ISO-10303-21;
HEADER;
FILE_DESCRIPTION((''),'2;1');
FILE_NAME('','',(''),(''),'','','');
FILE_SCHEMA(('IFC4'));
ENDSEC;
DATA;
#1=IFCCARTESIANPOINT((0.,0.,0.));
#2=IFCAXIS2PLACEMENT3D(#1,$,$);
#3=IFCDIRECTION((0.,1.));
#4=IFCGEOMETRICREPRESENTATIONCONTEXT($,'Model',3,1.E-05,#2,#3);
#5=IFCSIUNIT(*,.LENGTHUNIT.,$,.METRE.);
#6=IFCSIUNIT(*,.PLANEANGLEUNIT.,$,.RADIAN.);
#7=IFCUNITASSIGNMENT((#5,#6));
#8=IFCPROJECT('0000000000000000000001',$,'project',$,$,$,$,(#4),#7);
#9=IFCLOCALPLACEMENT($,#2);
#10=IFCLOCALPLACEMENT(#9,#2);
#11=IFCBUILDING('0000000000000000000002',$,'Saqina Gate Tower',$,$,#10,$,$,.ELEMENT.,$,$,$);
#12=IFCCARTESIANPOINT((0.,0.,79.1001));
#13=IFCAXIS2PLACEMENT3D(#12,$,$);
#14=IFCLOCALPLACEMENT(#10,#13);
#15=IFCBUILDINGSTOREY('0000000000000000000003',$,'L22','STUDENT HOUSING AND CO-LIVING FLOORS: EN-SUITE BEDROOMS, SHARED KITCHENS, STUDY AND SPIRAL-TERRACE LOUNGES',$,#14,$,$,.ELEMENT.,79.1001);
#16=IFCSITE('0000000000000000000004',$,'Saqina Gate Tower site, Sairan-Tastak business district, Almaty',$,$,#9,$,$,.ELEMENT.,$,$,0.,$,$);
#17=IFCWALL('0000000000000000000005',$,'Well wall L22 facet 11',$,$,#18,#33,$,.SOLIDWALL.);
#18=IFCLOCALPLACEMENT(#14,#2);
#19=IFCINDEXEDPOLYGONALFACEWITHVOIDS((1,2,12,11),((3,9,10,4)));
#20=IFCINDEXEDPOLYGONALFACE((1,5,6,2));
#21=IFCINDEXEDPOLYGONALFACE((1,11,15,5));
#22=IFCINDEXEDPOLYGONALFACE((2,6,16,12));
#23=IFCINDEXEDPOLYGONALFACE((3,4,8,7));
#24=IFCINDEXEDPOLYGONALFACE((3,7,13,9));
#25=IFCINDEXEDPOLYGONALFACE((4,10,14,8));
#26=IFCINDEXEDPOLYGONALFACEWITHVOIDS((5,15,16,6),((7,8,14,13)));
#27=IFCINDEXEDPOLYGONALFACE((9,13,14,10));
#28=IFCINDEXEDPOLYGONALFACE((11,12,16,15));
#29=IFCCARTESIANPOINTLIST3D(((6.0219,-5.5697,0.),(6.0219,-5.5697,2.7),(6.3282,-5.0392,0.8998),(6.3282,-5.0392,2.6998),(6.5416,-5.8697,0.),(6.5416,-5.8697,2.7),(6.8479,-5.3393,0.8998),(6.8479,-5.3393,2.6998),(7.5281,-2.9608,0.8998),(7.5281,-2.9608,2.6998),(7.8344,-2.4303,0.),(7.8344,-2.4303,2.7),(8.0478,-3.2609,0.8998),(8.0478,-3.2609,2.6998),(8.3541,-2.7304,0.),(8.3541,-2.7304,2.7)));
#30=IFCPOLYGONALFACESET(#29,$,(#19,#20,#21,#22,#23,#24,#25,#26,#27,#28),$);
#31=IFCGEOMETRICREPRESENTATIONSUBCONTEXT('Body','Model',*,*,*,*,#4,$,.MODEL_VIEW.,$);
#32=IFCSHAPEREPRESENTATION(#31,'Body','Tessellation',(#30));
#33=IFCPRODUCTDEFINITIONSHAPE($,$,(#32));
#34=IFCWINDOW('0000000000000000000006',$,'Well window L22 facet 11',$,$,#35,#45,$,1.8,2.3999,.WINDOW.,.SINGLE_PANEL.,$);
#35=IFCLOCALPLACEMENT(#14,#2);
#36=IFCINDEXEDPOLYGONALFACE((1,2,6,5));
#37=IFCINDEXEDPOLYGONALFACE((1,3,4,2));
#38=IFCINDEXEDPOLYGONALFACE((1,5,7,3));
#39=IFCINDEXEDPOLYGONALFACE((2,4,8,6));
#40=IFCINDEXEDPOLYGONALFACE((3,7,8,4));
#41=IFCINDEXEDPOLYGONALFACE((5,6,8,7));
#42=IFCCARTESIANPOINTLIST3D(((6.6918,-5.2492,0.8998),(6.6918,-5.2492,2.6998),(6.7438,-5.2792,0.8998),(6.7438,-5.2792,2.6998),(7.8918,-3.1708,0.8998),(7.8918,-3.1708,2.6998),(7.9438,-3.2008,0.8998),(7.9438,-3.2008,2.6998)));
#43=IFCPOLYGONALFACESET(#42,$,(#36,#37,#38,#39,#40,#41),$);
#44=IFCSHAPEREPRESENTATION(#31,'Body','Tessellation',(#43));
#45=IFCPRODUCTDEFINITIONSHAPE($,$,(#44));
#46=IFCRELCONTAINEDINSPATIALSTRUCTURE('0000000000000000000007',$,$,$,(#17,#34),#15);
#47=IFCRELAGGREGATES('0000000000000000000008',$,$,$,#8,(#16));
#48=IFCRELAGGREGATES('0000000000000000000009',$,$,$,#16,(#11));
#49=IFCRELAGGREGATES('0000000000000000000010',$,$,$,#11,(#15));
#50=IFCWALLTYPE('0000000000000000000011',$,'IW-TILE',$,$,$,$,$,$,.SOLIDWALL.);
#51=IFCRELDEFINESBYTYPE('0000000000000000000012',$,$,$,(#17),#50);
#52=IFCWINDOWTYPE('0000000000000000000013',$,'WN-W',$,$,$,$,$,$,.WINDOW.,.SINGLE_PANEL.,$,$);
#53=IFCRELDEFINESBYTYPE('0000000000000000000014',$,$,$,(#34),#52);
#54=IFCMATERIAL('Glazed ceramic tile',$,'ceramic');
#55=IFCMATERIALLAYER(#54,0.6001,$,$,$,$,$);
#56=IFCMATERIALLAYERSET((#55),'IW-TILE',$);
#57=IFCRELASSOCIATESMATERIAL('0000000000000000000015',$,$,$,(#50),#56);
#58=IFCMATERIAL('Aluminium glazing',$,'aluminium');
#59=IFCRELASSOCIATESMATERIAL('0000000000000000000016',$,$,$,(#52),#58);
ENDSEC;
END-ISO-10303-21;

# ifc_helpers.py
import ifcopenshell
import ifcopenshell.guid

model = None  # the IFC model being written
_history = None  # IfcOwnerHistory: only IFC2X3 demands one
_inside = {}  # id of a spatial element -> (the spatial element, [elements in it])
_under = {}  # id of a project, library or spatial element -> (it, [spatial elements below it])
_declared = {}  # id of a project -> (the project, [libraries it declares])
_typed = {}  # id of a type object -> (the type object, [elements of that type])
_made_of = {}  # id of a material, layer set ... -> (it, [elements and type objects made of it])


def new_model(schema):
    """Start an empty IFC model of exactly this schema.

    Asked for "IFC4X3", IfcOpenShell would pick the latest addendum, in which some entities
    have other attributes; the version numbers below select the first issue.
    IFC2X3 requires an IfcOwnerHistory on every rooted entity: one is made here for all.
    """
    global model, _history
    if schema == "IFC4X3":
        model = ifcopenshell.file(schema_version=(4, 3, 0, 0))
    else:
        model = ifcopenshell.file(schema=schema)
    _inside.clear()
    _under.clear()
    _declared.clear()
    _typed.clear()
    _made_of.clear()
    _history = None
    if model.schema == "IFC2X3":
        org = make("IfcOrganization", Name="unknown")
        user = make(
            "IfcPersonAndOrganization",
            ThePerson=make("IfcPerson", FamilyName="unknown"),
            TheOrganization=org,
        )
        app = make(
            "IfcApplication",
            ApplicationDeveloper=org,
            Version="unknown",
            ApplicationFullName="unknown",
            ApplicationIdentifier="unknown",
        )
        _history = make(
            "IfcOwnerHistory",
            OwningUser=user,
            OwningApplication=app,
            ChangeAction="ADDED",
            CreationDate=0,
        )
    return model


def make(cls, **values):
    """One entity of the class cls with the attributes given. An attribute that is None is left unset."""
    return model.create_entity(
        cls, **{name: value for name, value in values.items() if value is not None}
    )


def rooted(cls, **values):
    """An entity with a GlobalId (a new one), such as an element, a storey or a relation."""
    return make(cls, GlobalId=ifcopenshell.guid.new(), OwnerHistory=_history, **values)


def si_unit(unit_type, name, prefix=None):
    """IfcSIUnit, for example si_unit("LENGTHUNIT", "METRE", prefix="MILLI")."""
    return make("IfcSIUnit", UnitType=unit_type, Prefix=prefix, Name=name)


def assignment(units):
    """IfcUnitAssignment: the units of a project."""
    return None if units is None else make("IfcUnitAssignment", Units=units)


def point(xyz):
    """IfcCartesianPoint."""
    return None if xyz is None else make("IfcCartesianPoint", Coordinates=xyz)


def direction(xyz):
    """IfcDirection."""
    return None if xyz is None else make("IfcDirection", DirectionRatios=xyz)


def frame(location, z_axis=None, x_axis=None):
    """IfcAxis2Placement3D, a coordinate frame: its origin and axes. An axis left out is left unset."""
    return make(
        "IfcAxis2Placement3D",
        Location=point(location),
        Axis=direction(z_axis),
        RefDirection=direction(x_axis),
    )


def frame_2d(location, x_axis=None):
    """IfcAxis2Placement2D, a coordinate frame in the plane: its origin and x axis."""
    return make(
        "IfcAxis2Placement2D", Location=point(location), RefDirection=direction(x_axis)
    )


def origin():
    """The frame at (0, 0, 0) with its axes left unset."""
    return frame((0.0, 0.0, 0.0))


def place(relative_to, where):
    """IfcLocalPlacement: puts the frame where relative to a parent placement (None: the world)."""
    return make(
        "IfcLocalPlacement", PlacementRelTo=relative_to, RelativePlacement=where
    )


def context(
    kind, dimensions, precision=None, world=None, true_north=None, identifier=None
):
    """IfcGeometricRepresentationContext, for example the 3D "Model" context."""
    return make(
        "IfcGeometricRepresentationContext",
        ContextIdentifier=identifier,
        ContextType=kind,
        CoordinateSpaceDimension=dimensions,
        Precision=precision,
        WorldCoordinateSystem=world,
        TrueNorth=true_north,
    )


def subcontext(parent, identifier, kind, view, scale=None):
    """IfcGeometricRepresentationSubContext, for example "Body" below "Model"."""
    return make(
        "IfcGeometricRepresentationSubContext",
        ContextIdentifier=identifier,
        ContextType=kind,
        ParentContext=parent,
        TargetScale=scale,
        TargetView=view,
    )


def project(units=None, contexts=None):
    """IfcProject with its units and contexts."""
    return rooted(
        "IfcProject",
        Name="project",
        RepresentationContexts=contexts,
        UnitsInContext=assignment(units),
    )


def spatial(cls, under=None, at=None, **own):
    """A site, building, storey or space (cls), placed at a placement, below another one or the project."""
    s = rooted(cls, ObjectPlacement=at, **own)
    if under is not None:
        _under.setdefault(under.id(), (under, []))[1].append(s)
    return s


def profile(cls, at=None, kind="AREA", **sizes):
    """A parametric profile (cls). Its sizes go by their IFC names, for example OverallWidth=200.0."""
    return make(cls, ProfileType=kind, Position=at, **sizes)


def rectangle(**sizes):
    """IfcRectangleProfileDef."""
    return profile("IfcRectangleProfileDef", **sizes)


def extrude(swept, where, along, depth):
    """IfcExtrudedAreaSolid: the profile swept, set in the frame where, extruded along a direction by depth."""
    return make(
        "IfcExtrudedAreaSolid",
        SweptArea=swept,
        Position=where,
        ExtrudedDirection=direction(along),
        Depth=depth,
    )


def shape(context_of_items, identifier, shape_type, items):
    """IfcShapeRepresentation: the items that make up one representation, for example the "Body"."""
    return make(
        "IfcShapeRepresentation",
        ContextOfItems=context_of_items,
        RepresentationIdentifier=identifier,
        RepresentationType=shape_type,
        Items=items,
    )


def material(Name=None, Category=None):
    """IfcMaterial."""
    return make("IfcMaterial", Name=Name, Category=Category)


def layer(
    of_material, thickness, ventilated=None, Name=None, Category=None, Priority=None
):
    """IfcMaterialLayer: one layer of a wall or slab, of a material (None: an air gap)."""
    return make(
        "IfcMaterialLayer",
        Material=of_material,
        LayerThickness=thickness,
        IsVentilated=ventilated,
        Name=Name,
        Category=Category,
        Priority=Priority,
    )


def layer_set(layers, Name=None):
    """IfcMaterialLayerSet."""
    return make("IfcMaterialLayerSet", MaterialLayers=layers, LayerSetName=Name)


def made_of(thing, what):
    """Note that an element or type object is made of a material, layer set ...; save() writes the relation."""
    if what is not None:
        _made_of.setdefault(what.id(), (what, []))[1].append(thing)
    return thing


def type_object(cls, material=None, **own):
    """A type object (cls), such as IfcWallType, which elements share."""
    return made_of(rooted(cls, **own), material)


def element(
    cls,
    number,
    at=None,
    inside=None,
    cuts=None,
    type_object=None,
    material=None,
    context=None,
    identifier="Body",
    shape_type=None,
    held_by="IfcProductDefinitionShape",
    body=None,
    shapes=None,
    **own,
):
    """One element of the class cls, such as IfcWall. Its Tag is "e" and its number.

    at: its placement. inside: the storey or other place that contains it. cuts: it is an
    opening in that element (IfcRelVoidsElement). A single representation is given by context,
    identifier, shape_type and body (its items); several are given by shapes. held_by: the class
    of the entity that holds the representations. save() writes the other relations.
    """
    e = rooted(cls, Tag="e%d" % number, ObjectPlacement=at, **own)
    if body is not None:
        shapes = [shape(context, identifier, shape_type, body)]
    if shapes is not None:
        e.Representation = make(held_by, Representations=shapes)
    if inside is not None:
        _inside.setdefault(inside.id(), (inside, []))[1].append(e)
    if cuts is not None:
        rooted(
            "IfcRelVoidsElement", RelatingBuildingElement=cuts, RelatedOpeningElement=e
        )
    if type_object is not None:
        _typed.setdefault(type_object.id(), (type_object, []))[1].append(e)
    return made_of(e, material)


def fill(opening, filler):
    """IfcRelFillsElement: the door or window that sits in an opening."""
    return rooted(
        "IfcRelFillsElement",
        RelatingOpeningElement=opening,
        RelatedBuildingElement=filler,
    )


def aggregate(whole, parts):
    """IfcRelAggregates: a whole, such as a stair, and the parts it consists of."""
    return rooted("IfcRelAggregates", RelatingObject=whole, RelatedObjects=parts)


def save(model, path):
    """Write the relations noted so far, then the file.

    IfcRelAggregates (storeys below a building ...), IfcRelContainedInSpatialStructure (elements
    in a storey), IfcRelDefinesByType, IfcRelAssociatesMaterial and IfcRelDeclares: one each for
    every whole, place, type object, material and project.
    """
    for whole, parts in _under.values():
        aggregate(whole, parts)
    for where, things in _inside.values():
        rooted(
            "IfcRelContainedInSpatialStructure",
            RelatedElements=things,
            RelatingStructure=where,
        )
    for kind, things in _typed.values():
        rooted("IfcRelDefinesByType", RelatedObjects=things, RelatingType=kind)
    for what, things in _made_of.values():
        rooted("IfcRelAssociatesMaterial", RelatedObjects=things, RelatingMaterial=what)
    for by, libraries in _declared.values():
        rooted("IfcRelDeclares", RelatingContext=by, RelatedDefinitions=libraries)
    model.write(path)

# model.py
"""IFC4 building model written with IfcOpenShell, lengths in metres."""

from ifc_helpers import new_model, si_unit, direction, frame, frame_2d, origin, place, context, subcontext, project, spatial, rectangle, extrude, material, layer, layer_set, type_object, element, fill, save


model = new_model("IFC4")

# Units and contexts
model_context = context("Model", 3, precision=1e-05, world=origin(), true_north=direction((0.0, 1.0)))
body_context = subcontext(model_context, "Body", "Model", "MODEL_VIEW")
ifc_project = project(units=[si_unit("LENGTHUNIT", "METRE"), si_unit("PLANEANGLEUNIT", "RADIAN")], contexts=[model_context])

# Site, building, storey
site_placement = place(None, origin())
site = spatial("IfcSite", under=ifc_project, at=site_placement, Name="Saqina Gate Tower site, Sairan-Tastak business district, Almaty", CompositionType="ELEMENT", RefElevation=0.0)
building_placement = place(site_placement, origin())
building = spatial("IfcBuilding", under=site, at=building_placement, Name="Saqina Gate Tower", CompositionType="ELEMENT")
storey_placement = place(building_placement, frame((0.0, 0.0, 79.1001)))
storey = spatial("IfcBuildingStorey", under=building, at=storey_placement, Name="L22", Description="STUDENT HOUSING AND CO-LIVING FLOORS: EN-SUITE BEDROOMS, SHARED KITCHENS, STUDY AND SPIRAL-TERRACE LOUNGES", CompositionType="ELEMENT", Elevation=79.1001)

# Wall, opening, window
ifc_material_1 = material(Name="Glazed ceramic tile", Category="ceramic")
ifc_layer = layer(ifc_material_1, 0.6001)
ifc_layer_set = layer_set([ifc_layer], Name="IW-TILE")
wall_type_1 = type_object("IfcWallType", Name="IW-TILE", PredefinedType="SOLIDWALL", material=ifc_layer_set)
wall_1_placement = place(storey_placement, frame((6.2817, -5.7197, 0.0), z_axis=(0.0, 0.0, 1.0), x_axis=(0.499993, 0.86603, 0.0)))
wall_1 = element("IfcWall", 1, at=wall_1_placement, inside=storey, type_object=wall_type_1, Name="Well wall L22 facet 11", PredefinedType="SOLIDWALL", context=body_context, shape_type="SweptSolid", body=[
    extrude(rectangle(XDim=3.625, YDim=0.6001, at=frame_2d((1.8125, 0.0))), origin(), (0.0, 0.0, 1.0), 2.7),
])
opening_placement = place(wall_1_placement, frame((0.6125, 0.0, 0.8999)))
opening = element("IfcOpeningElement", 2, at=opening_placement, cuts=wall_1, PredefinedType="OPENING", context=body_context, shape_type="SweptSolid", body=[
    extrude(rectangle(XDim=2.3999, YDim=1.8, at=frame_2d((1.2, 0.8999))), frame((0.0, 0.312, 0.0), z_axis=(0.0, -1.0, 0.0), x_axis=(1.0, 0.0, 0.0)), (0.0, 0.0, 1.0), 0.624),
])
ifc_material_2 = material(Name="Aluminium glazing", Category="aluminium")
window_type = type_object("IfcWindowType", Name="WN-W", PartitioningType="SINGLE_PANEL", PredefinedType="WINDOW", material=ifc_material_2)
window_placement = place(opening_placement, origin())
window = element("IfcWindow", 3, at=window_placement, inside=storey, type_object=window_type, Name="Well window L22 facet 11", OverallHeight=1.8, OverallWidth=2.3999, PartitioningType="SINGLE_PANEL", PredefinedType="WINDOW", context=body_context, shape_type="SweptSolid", body=[
    extrude(rectangle(XDim=2.3999, YDim=1.8, at=frame_2d((1.2, 0.8999))), frame((0.0, -0.1199, 0.0), z_axis=(0.0, -1.0, 0.0), x_axis=(1.0, 0.0, 0.0)), (0.0, 0.0, 1.0), 0.0601),
])
fill(opening, window)

save(model, "model.ifc")
